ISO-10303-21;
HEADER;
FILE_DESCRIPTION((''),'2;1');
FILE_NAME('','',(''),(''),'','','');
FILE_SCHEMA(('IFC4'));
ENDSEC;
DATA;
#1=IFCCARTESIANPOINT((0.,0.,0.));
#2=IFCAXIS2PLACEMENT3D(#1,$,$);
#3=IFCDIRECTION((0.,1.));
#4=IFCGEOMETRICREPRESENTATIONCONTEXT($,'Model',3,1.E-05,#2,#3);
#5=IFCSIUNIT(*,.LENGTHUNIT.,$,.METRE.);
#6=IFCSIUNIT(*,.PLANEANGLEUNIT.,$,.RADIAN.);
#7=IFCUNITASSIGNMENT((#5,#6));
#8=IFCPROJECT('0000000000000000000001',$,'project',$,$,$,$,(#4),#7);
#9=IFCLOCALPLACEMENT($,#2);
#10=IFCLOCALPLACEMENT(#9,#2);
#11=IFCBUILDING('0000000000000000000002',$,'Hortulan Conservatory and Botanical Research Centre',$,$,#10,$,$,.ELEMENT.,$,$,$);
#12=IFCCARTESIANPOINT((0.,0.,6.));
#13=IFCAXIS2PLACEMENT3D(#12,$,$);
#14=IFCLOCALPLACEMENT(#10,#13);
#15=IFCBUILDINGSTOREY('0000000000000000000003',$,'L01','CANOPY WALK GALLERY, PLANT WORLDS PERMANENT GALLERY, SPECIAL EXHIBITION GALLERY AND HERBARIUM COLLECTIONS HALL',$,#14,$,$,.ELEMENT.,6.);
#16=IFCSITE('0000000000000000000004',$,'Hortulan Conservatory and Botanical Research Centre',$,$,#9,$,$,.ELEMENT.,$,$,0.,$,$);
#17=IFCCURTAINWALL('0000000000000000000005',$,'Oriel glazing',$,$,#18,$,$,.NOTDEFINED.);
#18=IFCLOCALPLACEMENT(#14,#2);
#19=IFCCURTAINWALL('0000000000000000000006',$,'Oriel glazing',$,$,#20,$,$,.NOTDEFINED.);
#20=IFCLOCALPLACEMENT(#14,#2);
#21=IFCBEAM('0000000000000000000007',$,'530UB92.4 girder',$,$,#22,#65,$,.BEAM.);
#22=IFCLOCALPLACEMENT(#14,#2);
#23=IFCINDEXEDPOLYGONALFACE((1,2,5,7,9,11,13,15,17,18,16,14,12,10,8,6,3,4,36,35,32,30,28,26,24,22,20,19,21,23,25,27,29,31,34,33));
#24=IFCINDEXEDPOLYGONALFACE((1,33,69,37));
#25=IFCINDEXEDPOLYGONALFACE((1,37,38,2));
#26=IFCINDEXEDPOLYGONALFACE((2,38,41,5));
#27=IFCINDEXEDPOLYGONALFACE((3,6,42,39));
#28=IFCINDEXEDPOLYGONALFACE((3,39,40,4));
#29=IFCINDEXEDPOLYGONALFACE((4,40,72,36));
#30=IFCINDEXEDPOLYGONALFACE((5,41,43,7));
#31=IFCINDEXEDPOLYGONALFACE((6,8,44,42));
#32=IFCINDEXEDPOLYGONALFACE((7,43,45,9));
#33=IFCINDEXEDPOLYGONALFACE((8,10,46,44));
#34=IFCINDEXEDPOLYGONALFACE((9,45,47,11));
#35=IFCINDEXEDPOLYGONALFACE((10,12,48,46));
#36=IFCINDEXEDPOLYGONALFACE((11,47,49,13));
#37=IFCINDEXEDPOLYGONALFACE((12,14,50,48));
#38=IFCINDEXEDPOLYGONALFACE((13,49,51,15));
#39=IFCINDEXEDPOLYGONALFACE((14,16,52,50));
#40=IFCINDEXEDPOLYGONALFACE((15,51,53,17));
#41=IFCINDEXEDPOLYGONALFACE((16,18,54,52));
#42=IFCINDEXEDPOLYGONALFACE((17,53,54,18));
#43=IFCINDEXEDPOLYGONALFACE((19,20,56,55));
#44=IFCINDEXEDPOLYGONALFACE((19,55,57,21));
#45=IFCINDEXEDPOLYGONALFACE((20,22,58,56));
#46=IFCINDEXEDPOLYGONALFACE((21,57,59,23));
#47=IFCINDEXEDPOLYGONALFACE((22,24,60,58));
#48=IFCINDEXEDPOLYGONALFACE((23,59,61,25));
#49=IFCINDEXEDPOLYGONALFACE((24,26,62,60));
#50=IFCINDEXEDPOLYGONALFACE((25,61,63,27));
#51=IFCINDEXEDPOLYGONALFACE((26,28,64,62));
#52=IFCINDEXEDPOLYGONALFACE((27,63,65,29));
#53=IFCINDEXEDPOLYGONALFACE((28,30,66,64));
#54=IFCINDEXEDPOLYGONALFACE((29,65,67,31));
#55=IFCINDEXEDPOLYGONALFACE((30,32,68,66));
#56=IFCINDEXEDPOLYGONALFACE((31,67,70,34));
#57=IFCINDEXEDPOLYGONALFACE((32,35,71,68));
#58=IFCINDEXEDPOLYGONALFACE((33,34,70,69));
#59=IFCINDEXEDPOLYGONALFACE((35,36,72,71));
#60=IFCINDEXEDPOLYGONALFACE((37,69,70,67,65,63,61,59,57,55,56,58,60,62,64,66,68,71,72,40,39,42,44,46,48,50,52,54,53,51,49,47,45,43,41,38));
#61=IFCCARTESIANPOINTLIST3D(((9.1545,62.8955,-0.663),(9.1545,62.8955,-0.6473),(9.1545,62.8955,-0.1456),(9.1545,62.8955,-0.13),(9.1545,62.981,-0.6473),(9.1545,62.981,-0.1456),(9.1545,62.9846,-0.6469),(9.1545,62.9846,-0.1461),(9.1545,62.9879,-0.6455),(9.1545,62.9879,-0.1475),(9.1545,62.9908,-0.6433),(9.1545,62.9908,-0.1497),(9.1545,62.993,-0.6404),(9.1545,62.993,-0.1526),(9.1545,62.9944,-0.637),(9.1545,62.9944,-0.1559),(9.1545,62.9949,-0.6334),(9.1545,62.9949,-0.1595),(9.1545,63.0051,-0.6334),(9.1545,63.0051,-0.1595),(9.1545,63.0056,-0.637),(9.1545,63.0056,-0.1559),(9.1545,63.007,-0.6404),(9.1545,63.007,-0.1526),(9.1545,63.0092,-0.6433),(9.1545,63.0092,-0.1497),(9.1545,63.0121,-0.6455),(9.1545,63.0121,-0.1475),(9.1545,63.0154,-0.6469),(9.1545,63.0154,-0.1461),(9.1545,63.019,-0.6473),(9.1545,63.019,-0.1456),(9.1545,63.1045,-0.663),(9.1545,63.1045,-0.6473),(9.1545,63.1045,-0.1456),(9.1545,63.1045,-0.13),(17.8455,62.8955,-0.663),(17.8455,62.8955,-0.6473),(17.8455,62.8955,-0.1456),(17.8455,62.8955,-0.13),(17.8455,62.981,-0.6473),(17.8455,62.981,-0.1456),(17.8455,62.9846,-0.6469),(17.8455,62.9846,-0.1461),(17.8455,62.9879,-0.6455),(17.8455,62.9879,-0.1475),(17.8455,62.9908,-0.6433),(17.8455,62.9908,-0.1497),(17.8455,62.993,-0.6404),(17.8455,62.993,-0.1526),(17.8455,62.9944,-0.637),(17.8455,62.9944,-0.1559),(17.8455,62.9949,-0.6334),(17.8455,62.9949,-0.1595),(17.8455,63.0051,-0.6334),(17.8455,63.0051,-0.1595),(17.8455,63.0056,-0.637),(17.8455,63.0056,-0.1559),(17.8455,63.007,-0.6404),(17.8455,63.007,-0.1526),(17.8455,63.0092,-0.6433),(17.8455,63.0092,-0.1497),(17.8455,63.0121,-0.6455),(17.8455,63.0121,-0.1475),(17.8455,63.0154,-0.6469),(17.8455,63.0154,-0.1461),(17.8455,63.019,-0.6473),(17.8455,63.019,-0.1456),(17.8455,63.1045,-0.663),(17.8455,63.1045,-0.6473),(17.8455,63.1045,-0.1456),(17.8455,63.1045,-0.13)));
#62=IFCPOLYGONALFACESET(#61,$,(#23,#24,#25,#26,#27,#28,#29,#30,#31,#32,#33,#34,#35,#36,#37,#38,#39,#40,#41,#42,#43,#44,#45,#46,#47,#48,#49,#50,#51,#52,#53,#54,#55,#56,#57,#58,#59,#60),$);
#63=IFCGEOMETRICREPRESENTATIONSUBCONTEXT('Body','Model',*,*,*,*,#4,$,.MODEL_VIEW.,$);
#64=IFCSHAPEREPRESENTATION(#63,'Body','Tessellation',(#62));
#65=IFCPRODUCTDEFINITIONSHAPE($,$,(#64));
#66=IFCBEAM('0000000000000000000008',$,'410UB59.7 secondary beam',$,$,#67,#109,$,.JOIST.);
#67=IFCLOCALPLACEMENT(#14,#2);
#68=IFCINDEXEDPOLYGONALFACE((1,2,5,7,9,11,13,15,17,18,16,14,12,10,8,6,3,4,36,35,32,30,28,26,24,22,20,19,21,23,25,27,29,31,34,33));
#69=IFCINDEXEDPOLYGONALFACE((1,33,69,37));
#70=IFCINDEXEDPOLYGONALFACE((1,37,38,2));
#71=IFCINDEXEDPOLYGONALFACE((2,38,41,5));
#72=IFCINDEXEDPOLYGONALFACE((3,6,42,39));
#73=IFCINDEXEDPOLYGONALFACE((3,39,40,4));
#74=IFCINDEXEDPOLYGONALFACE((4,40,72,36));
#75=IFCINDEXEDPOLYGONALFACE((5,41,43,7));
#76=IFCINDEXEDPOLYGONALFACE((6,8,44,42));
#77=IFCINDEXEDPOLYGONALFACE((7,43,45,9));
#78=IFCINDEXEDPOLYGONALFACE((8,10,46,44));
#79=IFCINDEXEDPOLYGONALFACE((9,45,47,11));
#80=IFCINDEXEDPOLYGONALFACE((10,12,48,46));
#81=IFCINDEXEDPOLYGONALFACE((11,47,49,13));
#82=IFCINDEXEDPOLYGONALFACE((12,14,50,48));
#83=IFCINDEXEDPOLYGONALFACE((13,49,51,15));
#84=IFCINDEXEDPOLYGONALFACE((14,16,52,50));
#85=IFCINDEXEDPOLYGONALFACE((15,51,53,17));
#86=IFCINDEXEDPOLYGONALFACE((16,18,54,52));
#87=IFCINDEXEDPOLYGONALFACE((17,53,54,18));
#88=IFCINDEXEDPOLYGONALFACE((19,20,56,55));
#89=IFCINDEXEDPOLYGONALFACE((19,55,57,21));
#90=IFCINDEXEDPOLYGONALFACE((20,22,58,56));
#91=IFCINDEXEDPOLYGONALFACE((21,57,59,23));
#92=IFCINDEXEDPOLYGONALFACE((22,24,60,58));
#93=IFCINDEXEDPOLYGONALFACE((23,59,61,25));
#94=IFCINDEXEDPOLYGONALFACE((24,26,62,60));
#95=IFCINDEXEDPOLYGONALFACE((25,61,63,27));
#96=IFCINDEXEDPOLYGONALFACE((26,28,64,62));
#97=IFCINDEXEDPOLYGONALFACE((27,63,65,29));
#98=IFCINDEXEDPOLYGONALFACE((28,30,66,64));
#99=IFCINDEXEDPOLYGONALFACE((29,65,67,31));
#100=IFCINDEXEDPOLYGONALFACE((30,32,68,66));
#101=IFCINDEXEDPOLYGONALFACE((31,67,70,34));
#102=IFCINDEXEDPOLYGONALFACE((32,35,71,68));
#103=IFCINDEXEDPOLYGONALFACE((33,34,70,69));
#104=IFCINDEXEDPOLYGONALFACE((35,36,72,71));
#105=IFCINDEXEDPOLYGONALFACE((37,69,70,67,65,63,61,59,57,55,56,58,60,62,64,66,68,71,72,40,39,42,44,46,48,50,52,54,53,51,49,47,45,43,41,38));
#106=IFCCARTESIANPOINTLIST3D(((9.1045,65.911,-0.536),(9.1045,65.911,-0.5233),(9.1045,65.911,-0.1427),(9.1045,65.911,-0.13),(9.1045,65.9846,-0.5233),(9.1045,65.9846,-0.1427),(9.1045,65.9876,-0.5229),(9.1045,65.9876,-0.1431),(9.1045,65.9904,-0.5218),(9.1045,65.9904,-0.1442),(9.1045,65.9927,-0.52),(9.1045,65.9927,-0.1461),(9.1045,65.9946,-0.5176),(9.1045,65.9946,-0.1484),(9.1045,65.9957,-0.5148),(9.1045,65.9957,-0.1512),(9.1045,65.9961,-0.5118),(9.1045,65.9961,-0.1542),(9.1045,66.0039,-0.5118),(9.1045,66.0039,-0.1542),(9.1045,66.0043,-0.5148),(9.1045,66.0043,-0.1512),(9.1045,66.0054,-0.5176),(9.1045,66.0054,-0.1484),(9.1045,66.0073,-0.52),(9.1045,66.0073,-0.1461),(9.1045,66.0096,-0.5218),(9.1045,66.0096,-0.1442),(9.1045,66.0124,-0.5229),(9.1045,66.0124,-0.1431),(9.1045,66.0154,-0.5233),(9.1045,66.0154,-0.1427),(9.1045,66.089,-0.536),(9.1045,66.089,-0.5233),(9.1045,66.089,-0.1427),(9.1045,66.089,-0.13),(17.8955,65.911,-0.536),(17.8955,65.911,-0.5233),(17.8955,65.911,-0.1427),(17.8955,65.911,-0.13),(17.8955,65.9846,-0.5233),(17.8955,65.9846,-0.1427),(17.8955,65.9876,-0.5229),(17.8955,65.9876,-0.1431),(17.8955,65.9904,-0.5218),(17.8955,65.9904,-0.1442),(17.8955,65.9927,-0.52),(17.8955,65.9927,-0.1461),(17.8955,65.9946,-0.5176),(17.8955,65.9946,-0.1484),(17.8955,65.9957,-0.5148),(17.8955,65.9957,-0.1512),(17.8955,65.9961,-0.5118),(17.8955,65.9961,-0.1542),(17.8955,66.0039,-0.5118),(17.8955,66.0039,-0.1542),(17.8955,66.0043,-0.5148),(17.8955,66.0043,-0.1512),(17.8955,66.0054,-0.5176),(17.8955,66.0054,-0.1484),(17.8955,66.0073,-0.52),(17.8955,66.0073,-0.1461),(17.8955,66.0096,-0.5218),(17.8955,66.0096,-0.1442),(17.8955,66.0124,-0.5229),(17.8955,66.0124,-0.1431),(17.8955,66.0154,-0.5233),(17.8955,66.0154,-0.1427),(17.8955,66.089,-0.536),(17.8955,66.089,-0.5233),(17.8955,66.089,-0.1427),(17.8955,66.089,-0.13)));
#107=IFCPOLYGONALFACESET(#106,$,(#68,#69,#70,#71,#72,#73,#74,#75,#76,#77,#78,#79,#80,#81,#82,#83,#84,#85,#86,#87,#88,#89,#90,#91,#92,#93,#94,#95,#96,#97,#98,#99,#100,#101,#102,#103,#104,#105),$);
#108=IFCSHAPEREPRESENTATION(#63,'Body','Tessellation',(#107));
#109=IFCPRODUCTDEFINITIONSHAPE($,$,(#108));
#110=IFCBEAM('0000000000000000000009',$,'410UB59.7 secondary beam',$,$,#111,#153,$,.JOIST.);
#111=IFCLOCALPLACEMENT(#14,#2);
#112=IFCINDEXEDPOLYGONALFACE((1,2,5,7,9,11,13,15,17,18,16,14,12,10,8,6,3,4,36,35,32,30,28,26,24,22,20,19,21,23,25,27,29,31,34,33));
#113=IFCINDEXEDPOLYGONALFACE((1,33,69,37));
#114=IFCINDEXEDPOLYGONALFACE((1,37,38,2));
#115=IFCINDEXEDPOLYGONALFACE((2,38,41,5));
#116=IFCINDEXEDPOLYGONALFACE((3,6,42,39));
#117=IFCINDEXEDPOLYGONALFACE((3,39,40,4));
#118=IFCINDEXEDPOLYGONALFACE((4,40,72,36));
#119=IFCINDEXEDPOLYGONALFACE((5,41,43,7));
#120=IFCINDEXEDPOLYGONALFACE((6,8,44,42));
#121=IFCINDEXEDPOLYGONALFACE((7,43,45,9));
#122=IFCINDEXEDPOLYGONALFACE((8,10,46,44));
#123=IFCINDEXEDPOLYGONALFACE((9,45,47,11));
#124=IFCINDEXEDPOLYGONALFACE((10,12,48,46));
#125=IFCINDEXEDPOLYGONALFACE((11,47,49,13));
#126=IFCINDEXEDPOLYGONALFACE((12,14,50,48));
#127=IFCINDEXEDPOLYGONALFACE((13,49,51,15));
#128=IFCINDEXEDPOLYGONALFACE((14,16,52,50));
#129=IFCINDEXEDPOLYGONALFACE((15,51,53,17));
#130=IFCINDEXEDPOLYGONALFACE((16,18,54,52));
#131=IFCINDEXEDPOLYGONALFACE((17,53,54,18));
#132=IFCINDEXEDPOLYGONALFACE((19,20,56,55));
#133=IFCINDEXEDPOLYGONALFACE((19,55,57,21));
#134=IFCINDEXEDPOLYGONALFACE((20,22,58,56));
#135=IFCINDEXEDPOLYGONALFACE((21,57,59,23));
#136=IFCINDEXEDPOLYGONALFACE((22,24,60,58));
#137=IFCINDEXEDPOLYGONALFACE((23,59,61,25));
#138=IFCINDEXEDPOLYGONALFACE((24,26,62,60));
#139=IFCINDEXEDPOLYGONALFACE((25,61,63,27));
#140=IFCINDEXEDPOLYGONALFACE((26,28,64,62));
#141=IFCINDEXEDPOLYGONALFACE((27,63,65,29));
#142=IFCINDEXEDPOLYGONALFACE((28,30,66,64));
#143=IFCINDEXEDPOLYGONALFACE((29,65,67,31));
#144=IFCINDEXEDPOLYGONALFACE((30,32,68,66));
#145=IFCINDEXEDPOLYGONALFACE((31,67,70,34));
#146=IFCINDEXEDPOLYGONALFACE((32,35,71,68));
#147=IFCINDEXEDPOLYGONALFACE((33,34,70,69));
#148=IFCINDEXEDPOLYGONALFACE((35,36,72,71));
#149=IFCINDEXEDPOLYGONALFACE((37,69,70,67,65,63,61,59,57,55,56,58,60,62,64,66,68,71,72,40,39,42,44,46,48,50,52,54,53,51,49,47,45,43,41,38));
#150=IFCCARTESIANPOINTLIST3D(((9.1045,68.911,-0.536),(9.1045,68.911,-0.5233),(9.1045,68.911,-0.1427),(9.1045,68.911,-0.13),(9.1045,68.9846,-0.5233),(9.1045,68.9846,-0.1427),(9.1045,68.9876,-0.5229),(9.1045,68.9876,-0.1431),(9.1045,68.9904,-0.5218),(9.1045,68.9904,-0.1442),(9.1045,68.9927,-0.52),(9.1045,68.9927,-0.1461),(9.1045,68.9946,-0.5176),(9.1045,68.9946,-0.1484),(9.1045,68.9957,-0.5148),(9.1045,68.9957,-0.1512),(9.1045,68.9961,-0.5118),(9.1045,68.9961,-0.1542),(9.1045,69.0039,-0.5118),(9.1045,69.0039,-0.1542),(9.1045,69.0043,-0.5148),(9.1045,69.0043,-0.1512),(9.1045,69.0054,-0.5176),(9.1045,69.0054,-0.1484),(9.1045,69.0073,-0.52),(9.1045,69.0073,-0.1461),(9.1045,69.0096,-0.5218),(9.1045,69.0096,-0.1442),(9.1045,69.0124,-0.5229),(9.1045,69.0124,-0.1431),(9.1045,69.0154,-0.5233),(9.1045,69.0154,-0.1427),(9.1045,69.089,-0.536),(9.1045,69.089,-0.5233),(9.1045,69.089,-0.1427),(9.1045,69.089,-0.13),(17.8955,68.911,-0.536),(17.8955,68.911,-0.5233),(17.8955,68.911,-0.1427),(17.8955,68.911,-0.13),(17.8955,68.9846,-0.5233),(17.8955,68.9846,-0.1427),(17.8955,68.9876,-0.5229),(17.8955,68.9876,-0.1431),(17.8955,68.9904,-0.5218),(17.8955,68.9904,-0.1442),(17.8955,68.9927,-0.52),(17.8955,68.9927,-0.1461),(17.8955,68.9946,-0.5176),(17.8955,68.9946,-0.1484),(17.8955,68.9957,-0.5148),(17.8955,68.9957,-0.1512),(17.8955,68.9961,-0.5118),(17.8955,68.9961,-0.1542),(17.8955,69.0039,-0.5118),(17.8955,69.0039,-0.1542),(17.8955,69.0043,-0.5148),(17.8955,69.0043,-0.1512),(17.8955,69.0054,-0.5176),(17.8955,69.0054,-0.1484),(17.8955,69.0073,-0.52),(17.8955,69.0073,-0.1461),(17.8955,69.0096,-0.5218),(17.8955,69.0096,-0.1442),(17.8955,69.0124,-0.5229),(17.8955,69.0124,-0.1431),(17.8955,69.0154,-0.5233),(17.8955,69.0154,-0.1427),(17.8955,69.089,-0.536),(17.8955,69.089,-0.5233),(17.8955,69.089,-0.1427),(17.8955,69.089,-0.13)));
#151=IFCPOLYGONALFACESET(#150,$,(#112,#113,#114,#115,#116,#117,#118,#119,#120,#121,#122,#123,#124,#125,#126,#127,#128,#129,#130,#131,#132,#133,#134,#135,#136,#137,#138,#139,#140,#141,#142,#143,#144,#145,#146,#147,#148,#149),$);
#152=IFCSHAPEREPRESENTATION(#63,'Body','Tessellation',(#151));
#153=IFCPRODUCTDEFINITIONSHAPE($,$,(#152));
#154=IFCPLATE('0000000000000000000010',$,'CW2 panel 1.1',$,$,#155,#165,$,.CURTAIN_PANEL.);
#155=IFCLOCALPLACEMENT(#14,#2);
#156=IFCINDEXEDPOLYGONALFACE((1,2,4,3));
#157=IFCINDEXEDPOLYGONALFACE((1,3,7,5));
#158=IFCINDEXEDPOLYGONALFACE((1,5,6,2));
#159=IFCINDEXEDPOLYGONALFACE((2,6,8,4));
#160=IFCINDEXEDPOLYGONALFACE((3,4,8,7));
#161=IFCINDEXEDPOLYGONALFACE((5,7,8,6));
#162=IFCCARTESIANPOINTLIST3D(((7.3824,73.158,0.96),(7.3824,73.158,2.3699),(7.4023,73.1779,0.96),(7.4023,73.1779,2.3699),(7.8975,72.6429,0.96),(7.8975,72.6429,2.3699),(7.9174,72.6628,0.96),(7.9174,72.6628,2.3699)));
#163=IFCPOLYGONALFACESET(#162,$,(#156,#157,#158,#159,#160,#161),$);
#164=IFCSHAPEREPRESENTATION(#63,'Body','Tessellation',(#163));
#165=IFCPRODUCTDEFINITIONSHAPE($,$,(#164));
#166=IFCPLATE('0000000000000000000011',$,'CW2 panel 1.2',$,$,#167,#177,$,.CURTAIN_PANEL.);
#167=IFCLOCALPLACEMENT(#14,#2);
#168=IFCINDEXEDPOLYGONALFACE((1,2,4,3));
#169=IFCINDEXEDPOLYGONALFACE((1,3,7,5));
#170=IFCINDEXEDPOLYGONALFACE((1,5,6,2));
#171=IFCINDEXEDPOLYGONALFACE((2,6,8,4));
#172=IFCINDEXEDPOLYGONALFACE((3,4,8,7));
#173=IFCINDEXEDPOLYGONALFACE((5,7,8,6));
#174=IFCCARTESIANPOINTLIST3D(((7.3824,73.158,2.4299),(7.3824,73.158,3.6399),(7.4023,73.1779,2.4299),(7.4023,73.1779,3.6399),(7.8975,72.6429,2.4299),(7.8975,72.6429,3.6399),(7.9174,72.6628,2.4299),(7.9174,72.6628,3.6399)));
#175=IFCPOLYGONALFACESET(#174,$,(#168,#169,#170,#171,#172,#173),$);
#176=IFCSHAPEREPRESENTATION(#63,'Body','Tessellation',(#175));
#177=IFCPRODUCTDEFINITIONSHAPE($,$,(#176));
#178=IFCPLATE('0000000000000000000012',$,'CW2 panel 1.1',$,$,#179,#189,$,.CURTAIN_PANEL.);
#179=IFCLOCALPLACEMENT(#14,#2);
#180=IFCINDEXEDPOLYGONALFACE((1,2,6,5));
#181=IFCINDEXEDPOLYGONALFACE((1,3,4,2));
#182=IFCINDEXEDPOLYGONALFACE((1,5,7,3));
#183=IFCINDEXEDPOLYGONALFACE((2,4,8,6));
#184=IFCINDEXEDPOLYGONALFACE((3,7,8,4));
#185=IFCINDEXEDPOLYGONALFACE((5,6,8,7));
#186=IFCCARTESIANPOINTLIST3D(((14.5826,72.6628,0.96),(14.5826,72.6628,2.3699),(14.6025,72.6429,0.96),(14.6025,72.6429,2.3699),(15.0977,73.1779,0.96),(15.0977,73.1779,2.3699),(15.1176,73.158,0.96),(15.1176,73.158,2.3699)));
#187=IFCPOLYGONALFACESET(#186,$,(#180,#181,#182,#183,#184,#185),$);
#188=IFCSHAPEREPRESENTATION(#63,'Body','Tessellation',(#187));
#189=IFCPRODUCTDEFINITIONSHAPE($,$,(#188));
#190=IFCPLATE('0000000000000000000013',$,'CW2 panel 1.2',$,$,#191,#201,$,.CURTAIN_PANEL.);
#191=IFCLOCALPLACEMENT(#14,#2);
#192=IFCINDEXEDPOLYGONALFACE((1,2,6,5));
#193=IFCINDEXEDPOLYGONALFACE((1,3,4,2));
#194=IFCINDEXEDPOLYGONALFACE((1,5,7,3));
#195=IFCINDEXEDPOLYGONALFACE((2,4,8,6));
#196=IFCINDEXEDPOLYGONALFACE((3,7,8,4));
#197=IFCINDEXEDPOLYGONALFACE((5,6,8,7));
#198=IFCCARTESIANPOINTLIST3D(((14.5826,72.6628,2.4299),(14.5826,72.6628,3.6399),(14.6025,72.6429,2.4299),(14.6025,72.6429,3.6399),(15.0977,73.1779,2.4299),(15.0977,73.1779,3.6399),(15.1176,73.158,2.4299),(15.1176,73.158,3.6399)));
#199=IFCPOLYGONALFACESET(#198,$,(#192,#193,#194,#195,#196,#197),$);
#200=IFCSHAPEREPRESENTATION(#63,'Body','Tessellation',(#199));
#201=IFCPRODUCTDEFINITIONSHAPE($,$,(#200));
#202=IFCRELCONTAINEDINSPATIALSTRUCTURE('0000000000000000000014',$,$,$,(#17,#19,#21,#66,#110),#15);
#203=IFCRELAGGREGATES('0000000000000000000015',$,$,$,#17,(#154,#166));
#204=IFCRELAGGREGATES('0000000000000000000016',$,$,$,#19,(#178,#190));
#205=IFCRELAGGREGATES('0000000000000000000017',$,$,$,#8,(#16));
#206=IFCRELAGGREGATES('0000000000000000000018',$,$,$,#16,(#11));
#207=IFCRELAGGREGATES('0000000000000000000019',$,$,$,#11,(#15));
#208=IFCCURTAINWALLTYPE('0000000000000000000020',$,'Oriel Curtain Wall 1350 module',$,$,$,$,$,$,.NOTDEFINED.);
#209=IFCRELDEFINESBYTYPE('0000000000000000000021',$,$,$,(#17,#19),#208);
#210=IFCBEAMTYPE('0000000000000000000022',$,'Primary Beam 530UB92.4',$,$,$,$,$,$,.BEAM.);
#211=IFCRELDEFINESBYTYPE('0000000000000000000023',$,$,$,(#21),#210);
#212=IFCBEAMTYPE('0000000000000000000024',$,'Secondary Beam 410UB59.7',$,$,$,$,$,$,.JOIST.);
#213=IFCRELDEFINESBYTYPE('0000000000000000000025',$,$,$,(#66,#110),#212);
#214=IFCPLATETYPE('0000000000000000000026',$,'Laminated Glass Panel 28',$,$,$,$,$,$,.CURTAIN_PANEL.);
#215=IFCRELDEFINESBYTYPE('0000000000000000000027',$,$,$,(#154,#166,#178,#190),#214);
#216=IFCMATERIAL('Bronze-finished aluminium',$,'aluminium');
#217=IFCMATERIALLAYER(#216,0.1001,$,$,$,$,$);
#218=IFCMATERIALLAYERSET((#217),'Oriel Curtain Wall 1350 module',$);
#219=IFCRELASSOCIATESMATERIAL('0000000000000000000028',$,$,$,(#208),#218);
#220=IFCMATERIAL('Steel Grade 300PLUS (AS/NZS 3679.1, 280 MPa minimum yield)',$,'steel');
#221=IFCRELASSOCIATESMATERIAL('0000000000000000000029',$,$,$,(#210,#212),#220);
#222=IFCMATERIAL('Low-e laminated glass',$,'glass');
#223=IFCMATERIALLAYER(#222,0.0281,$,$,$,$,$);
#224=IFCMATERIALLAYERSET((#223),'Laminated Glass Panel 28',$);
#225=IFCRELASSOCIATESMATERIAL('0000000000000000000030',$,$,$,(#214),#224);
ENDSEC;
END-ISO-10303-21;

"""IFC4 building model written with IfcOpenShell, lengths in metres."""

from ifc_helpers import new_model, si_unit, direction, frame, origin, origin_2d, place, context, subcontext, project, spatial, rectangle, i_section, extrude, material, layer, layer_set, material_profile, profile_set, type_object, element, aggregate, save


model = new_model("IFC4")

# Units and contexts
model_context = context("Model", 3, precision=1e-05, world=origin(), true_north=direction((0.0, 1.0)))
body_context = subcontext(model_context, "Body", "Model", "MODEL_VIEW")
ifc_project = project(units=[si_unit("LENGTHUNIT", "METRE"), si_unit("PLANEANGLEUNIT", "RADIAN")], contexts=[model_context])

# Site, building, storey
site_placement = place(None, origin())
site = spatial("IfcSite", under=ifc_project, at=site_placement, Name="Hortulan Conservatory and Botanical Research Centre", CompositionType="ELEMENT", RefElevation=0.0)
building_placement = place(site_placement, origin())
building = spatial("IfcBuilding", under=site, at=building_placement, Name="Hortulan Conservatory and Botanical Research Centre", CompositionType="ELEMENT")
storey_placement = place(building_placement, frame((0.0, 0.0, 6.0)))
storey = spatial("IfcBuildingStorey", under=building, at=storey_placement, Name="L01", Description="CANOPY WALK GALLERY, PLANT WORLDS PERMANENT GALLERY, SPECIAL EXHIBITION GALLERY AND HERBARIUM COLLECTIONS HALL", CompositionType="ELEMENT", Elevation=6.0)

# Shared definitions
ifc_material_1 = material(Name="Steel Grade 300PLUS (AS/NZS 3679.1, 280 MPa minimum yield)", Category="steel")

# Curtain walls
ifc_material_2 = material(Name="Bronze-finished aluminium", Category="aluminium")
ifc_layer_1 = layer(ifc_material_2, 0.1001)
ifc_layer_set_1 = layer_set([ifc_layer_1], Name="Oriel Curtain Wall 1350 module")
curtain_wall_type = type_object("IfcCurtainWallType", Name="Oriel Curtain Wall 1350 module", PredefinedType="NOTDEFINED", material=ifc_layer_set_1)
curtain_wall_1_placement = place(storey_placement, origin())
curtain_wall_1 = element("IfcCurtainWall", 1, at=curtain_wall_1_placement, inside=storey, type_object=curtain_wall_type, Name="Oriel glazing", PredefinedType="NOTDEFINED")
curtain_wall_2_placement = place(storey_placement, origin())
curtain_wall_2 = element("IfcCurtainWall", 2, at=curtain_wall_2_placement, inside=storey, type_object=curtain_wall_type, Name="Oriel glazing", PredefinedType="NOTDEFINED")

# Beams
ifc_material_profile_1 = material_profile(ifc_material_1, i_section(OverallWidth=0.209, OverallDepth=0.533, WebThickness=0.0103, FlangeThickness=0.0156, FilletRadius=0.0139, at=origin_2d()), Name="530UB92.4")
ifc_profile_set_1 = profile_set([ifc_material_profile_1], Name="Steel Grade 300PLUS (AS/NZS 3679.1, 280 MPa minimum yield)")
beam_type_1 = type_object("IfcBeamType", Name="Primary Beam 530UB92.4", PredefinedType="BEAM", material=ifc_profile_set_1)
beam_1_placement = place(storey_placement, frame((9.1545, 63.0, -0.3965), z_axis=(1.0, 0.0, 0.0), x_axis=(0.0, 1.0, 0.0)))
element("IfcBeam", 3, at=beam_1_placement, inside=storey, type_object=beam_type_1, Name="530UB92.4 girder", PredefinedType="BEAM", context=body_context, shape_type="SweptSolid", body=[
    extrude(i_section(OverallWidth=0.209, OverallDepth=0.533, WebThickness=0.0103, FlangeThickness=0.0156, FilletRadius=0.0139, at=origin_2d()), origin(), (0.0, 0.0, 1.0), 8.6909),
])
ifc_material_profile_2 = material_profile(ifc_material_1, i_section(OverallWidth=0.178, OverallDepth=0.406, WebThickness=0.0078, FlangeThickness=0.0127, FilletRadius=0.0115, at=origin_2d()), Name="410UB59.7")
ifc_profile_set_2 = profile_set([ifc_material_profile_2], Name="Steel Grade 300PLUS (AS/NZS 3679.1, 280 MPa minimum yield)")
beam_type_2 = type_object("IfcBeamType", Name="Secondary Beam 410UB59.7", PredefinedType="JOIST", material=ifc_profile_set_2)
for number, where, z_axis, x_axis, name in (
    (4, (9.1045, 66.0, -0.333), (1.0, 0.0, 0.0), (0.0, 1.0, 0.0), "410UB59.7 secondary beam"),
    (5, (9.1045, 69.0, -0.333), (1.0, 0.0, 0.0), (0.0, 1.0, 0.0), "410UB59.7 secondary beam"),
):
    element("IfcBeam", number, at=place(storey_placement, frame(where, z_axis=z_axis, x_axis=x_axis)), inside=storey, type_object=beam_type_2, Name=name, PredefinedType="JOIST", context=body_context, shape_type="SweptSolid", body=[
        extrude(i_section(OverallWidth=0.178, OverallDepth=0.406, WebThickness=0.0078, FlangeThickness=0.0127, FilletRadius=0.0115, at=origin_2d()), origin(), (0.0, 0.0, 1.0), 8.791),
    ])

# Plates
ifc_material_3 = material(Name="Low-e laminated glass", Category="glass")
ifc_layer_2 = layer(ifc_material_3, 0.0281)
ifc_layer_set_2 = layer_set([ifc_layer_2], Name="Laminated Glass Panel 28")
plate_type = type_object("IfcPlateType", Name="Laminated Glass Panel 28", PredefinedType="CURTAIN_PANEL", material=ifc_layer_set_2)
plate_1_placement = place(storey_placement, frame((7.6499, 72.9104, 0.96), z_axis=(0.0, 0.0, 1.0), x_axis=(0.707107, -0.707107, 0.0)))
plate_1 = element("IfcPlate", 6, at=plate_1_placement, type_object=plate_type, Name="CW2 panel 1.1", PredefinedType="CURTAIN_PANEL", context=body_context, shape_type="SweptSolid", body=[
    extrude(rectangle(XDim=0.7285, YDim=0.0281, at=origin_2d()), origin(), (0.0, 0.0, 1.0), 1.4099),
])
plate_2_placement = place(storey_placement, frame((7.6499, 72.9104, 2.4299), z_axis=(0.0, 0.0, 1.0), x_axis=(0.707107, -0.707107, 0.0)))
plate_2 = element("IfcPlate", 7, at=plate_2_placement, type_object=plate_type, Name="CW2 panel 1.2", PredefinedType="CURTAIN_PANEL", context=body_context, shape_type="SweptSolid", body=[
    extrude(rectangle(XDim=0.7285, YDim=0.0281, at=origin_2d()), origin(), (0.0, 0.0, 1.0), 1.21),
])
aggregate(curtain_wall_1, [plate_1, plate_2])
plate_3_placement = place(storey_placement, frame((14.8501, 72.9104, 0.96), z_axis=(0.0, 0.0, 1.0), x_axis=(0.707107, 0.707107, 0.0)))
plate_3 = element("IfcPlate", 8, at=plate_3_placement, type_object=plate_type, Name="CW2 panel 1.1", PredefinedType="CURTAIN_PANEL", context=body_context, shape_type="SweptSolid", body=[
    extrude(rectangle(XDim=0.7285, YDim=0.0281, at=origin_2d()), origin(), (0.0, 0.0, 1.0), 1.4099),
])
plate_4_placement = place(storey_placement, frame((14.8501, 72.9104, 2.4299), z_axis=(0.0, 0.0, 1.0), x_axis=(0.707107, 0.707107, 0.0)))
plate_4 = element("IfcPlate", 9, at=plate_4_placement, type_object=plate_type, Name="CW2 panel 1.2", PredefinedType="CURTAIN_PANEL", context=body_context, shape_type="SweptSolid", body=[
    extrude(rectangle(XDim=0.7285, YDim=0.0281, at=origin_2d()), origin(), (0.0, 0.0, 1.0), 1.21),
])
aggregate(curtain_wall_2, [plate_3, plate_4])

save(model, "model.ifc")
